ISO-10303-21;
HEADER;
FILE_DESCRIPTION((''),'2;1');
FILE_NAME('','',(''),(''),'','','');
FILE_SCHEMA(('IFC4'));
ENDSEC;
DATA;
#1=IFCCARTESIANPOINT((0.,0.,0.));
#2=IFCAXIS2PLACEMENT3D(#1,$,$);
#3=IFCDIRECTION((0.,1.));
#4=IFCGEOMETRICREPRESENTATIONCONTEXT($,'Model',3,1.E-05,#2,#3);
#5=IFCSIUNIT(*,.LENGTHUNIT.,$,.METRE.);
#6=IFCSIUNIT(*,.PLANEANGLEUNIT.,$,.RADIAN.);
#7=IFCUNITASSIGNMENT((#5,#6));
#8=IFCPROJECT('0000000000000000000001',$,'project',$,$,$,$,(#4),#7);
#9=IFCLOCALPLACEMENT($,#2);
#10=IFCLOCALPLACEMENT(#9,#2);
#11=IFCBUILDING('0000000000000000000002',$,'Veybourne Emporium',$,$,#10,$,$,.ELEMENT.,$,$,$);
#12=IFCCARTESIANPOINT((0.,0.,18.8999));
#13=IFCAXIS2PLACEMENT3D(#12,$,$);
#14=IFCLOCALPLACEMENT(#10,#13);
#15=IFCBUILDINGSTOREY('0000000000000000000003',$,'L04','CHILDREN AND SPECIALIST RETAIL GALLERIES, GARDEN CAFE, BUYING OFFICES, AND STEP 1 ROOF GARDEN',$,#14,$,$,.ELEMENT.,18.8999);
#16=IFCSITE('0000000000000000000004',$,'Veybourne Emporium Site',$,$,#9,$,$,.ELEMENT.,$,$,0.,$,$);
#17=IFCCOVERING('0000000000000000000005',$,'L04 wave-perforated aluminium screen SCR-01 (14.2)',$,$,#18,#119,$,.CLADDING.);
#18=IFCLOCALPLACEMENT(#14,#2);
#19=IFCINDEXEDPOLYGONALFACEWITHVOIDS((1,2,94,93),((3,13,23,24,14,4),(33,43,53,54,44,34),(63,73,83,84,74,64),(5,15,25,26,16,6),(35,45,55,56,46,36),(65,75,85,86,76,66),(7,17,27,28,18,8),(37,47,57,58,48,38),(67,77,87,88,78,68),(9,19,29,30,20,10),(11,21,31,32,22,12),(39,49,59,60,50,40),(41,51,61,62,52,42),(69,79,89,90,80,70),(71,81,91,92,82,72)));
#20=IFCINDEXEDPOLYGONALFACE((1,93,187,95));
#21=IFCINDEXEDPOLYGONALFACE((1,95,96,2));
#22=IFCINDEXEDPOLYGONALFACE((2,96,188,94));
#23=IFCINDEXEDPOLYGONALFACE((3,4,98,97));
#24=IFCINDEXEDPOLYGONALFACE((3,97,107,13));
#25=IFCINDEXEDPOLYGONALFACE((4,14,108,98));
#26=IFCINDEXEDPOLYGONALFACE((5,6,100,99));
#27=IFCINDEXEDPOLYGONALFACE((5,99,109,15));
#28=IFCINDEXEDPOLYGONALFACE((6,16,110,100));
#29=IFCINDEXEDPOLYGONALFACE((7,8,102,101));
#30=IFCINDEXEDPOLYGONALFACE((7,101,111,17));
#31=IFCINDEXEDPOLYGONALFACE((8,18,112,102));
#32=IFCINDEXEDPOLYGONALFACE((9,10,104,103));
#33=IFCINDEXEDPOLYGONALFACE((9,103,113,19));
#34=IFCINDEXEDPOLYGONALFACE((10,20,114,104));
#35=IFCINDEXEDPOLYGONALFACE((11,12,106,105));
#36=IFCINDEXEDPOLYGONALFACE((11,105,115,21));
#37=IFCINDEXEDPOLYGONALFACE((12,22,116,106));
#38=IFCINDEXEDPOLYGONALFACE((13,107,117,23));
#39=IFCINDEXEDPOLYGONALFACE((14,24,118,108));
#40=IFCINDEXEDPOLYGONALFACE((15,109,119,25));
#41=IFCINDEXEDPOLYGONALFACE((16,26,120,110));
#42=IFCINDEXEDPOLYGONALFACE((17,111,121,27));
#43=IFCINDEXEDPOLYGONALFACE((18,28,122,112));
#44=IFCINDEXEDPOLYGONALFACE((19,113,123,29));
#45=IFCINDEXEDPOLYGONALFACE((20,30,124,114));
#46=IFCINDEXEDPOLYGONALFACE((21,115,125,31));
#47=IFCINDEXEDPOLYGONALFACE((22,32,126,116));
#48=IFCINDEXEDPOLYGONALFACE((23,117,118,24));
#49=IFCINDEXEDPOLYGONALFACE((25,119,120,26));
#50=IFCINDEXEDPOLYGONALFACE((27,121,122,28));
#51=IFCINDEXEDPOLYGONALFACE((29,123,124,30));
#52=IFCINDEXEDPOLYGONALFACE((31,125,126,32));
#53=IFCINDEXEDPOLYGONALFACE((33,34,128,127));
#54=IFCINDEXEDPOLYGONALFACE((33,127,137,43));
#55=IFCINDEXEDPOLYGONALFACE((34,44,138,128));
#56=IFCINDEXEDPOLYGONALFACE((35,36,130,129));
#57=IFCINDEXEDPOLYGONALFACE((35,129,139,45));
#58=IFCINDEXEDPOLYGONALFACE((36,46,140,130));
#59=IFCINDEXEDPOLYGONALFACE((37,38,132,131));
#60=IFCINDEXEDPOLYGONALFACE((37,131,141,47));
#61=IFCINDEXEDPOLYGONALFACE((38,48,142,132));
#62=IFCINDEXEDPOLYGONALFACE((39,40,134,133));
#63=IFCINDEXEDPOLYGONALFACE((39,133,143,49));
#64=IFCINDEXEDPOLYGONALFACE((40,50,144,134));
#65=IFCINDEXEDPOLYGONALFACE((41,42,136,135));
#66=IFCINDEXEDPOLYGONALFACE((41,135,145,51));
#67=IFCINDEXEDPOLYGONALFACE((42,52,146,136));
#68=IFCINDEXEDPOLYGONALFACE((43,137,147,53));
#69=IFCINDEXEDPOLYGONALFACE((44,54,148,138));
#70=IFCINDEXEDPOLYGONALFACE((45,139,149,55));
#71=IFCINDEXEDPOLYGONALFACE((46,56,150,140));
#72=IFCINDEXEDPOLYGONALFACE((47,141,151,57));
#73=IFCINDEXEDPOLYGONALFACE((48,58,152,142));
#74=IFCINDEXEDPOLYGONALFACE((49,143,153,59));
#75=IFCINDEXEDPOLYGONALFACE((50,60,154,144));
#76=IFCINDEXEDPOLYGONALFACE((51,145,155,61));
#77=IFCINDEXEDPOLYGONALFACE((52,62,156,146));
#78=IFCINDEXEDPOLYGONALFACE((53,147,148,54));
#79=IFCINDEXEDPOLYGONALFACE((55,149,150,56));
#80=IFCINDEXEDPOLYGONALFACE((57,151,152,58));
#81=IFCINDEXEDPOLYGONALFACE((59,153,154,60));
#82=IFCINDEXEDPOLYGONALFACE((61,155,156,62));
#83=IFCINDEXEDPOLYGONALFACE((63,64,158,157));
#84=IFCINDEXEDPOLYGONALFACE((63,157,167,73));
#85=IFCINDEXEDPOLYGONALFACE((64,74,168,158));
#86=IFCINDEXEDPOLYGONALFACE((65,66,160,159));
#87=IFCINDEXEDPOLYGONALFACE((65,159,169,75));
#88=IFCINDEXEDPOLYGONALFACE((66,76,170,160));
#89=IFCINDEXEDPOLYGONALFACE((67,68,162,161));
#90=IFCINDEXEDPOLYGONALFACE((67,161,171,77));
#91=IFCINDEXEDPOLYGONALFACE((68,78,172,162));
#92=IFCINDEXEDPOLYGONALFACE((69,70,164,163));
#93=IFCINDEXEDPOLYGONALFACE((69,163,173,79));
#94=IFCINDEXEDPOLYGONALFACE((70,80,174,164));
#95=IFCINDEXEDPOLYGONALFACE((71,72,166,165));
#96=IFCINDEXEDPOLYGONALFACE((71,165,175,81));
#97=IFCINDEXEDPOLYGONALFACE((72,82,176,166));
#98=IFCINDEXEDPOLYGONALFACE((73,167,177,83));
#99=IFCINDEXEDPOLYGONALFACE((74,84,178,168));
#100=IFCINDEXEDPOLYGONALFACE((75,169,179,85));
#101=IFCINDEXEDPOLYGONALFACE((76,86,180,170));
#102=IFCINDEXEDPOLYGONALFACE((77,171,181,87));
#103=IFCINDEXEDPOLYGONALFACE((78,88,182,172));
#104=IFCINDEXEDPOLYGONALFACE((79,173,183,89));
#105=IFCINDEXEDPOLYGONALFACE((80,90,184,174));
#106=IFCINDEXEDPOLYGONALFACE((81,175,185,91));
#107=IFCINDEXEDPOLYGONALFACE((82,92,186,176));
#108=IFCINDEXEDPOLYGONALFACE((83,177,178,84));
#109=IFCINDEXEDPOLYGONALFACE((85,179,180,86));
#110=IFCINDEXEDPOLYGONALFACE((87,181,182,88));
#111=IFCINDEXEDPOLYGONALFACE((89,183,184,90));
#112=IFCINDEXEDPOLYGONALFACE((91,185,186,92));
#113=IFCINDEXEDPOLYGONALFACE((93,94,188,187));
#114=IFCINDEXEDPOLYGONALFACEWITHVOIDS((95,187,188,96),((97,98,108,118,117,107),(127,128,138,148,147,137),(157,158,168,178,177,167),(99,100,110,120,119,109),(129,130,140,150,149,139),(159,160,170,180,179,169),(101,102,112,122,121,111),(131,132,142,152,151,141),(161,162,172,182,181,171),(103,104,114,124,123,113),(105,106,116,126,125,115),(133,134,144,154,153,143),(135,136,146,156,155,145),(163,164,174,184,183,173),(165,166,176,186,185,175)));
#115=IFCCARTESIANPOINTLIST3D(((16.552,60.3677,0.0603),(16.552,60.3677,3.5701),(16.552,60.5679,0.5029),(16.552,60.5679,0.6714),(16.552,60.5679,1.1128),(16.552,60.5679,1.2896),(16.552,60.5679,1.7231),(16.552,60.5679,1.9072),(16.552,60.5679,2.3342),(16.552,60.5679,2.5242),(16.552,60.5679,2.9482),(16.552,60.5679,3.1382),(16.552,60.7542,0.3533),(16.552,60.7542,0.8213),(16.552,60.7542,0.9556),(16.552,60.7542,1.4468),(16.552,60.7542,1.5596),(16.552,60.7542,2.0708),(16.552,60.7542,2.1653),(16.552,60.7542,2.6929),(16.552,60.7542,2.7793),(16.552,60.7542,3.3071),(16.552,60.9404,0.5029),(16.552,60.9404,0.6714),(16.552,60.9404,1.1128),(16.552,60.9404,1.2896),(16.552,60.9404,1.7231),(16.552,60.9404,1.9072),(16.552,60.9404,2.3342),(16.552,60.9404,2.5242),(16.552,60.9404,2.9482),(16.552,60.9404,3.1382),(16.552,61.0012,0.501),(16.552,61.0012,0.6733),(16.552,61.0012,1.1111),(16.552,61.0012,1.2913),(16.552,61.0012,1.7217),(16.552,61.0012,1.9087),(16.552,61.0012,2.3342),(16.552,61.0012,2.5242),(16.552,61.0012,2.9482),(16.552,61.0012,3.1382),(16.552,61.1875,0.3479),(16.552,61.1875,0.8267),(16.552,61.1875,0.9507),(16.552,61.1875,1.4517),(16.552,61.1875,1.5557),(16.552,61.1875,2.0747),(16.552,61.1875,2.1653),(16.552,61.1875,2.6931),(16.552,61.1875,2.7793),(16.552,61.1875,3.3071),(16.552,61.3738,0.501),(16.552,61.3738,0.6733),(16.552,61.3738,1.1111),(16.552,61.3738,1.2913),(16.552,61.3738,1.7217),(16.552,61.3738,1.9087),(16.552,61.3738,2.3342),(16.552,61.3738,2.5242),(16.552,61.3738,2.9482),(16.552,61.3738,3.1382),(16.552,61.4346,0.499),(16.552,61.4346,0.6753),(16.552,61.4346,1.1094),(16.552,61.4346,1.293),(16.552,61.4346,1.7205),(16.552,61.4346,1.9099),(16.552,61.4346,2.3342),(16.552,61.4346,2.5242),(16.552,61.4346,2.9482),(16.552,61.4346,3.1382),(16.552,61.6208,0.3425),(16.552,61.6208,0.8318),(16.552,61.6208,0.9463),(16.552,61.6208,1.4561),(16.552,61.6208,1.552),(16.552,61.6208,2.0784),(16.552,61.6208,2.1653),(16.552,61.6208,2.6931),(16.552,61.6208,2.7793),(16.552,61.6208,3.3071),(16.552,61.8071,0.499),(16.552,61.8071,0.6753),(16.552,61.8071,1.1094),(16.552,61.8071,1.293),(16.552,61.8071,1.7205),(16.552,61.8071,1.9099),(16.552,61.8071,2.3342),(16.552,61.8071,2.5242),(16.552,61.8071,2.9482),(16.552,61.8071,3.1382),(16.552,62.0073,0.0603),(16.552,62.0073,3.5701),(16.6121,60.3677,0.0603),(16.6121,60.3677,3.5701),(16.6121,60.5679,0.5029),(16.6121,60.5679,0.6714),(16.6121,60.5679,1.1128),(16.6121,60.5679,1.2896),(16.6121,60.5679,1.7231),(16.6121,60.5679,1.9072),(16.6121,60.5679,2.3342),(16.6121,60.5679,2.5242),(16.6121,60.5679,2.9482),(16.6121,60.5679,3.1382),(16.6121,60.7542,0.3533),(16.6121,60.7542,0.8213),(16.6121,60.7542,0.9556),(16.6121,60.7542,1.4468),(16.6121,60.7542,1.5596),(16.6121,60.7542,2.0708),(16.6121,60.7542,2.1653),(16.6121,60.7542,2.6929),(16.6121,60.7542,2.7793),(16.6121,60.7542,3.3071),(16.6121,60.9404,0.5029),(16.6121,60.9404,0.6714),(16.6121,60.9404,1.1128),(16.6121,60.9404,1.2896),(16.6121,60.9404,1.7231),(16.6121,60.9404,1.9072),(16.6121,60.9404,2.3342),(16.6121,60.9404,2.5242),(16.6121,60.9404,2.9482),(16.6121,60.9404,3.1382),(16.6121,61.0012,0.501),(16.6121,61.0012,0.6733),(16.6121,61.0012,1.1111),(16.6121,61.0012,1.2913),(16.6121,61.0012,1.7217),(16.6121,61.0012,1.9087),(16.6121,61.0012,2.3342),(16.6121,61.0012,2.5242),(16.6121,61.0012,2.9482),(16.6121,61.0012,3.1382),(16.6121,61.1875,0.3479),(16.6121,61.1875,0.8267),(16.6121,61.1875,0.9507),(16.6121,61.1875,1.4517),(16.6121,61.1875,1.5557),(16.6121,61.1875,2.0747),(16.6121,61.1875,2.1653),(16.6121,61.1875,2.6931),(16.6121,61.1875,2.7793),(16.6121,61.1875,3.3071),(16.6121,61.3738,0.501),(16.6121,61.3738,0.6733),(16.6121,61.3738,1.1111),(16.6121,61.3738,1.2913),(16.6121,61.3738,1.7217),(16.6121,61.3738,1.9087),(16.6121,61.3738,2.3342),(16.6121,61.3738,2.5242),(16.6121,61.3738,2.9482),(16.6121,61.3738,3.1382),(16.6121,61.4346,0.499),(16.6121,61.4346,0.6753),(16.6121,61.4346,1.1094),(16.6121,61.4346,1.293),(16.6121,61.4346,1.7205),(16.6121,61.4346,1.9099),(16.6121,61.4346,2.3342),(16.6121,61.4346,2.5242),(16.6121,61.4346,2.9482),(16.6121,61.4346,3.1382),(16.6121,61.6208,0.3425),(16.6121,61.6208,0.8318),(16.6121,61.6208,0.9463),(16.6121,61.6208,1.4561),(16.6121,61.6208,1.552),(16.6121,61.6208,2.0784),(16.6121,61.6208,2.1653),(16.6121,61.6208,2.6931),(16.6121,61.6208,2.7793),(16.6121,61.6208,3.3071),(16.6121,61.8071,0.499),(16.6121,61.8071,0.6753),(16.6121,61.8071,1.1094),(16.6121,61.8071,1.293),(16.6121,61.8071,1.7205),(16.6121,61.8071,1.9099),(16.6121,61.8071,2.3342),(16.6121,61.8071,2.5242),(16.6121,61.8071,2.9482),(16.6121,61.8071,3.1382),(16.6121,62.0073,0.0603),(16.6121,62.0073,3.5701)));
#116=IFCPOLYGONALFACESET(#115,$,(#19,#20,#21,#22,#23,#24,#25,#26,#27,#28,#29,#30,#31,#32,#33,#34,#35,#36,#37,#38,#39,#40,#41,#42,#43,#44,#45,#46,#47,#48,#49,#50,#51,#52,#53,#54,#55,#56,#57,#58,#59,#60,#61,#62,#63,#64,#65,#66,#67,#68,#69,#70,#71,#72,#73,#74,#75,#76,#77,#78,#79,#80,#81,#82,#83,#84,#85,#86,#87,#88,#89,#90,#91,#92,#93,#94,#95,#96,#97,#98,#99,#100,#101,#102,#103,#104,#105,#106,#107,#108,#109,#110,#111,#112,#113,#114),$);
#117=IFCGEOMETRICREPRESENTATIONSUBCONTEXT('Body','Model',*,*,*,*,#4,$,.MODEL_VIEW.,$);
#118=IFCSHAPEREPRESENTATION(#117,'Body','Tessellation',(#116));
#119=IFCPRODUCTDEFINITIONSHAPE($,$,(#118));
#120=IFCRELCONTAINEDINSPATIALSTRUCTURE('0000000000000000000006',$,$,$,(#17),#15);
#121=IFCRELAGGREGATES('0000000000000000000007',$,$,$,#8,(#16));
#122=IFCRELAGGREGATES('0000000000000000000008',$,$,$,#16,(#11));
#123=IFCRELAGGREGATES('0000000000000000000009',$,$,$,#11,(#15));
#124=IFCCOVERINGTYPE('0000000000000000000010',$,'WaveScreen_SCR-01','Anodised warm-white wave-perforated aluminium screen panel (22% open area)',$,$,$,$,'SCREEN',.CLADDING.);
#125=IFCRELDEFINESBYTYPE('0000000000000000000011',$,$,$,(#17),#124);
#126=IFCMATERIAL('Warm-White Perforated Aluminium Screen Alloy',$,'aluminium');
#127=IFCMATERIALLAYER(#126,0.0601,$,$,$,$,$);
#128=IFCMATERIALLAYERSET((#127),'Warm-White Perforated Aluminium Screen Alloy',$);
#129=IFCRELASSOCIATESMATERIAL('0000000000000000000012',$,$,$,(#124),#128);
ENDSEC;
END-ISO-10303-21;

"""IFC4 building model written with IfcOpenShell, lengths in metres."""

from ifc_helpers import new_model, si_unit, direction, frame, origin, place, context, subcontext, project, spatial, polyline, outline, extrude, material, layer, layer_set, type_object, element, save


model = new_model("IFC4")

# Units and contexts
model_context = context("Model", 3, precision=1e-05, world=origin(), true_north=direction((0.0, 1.0)))
body_context = subcontext(model_context, "Body", "Model", "MODEL_VIEW")
ifc_project = project(units=[si_unit("LENGTHUNIT", "METRE"), si_unit("PLANEANGLEUNIT", "RADIAN")], contexts=[model_context])

# Site, building, storey
site_placement = place(None, origin())
site = spatial("IfcSite", under=ifc_project, at=site_placement, Name="Veybourne Emporium Site", CompositionType="ELEMENT", RefElevation=0.0)
building_placement = place(site_placement, origin())
building = spatial("IfcBuilding", under=site, at=building_placement, Name="Veybourne Emporium", CompositionType="ELEMENT")
storey_placement = place(building_placement, frame((0.0, 0.0, 18.8999)))
storey = spatial("IfcBuildingStorey", under=building, at=storey_placement, Name="L04", Description="CHILDREN AND SPECIALIST RETAIL GALLERIES, GARDEN CAFE, BUYING OFFICES, AND STEP 1 ROOF GARDEN", CompositionType="ELEMENT", Elevation=18.8999)

# Covering
ifc_material_1 = material(Name="Warm-White Perforated Aluminium Screen Alloy", Category="aluminium")
ifc_layer_1 = layer(ifc_material_1, 0.0601)
ifc_layer_set_1 = layer_set([ifc_layer_1], Name="Warm-White Perforated Aluminium Screen Alloy")
covering_type_1 = type_object("IfcCoveringType", Name="WaveScreen_SCR-01", Description="Anodised warm-white wave-perforated aluminium screen panel (22% open area)", ElementType="SCREEN", PredefinedType="CLADDING", material=ifc_layer_set_1)
covering_1_placement = place(storey_placement, frame((16.552, 61.1875, 1.8152), z_axis=(1.0, 0.0, 0.0), x_axis=(0.0, 1.0, 0.0)))
element("IfcCovering", 1, at=covering_1_placement, inside=storey, type_object=covering_type_1, Name="L04 wave-perforated aluminium screen SCR-01 (14.2)", PredefinedType="CLADDING", context=body_context, shape_type="SweptSolid", body=[
    extrude(outline(polyline([(-0.8198, -1.7549), (0.8198, -1.7549), (0.8198, 1.7549), (-0.8198, 1.7549), (-0.8198, -1.7549)]), holes=[polyline([(-0.4333, -0.9939), (-0.2471, -1.1438), (-0.2471, -1.3123), (-0.4333, -1.4619), (-0.6196, -1.3123), (-0.6196, -1.1438), (-0.4333, -0.9939)]), polyline([(-0.4333, -0.3684), (-0.2471, -0.5256), (-0.2471, -0.7024), (-0.4333, -0.8596), (-0.6196, -0.7024), (-0.6196, -0.5256), (-0.4333, -0.3684)]), polyline([(-0.4333, 0.2556), (-0.2471, 0.092), (-0.2471, -0.092), (-0.4333, -0.2556), (-0.6196, -0.092), (-0.6196, 0.092), (-0.4333, 0.2556)]), polyline([(-0.4333, 0.8777), (-0.2471, 0.709), (-0.2471, 0.519), (-0.4333, 0.3501), (-0.6196, 0.519), (-0.6196, 0.709), (-0.4333, 0.8777)]), polyline([(-0.4333, 1.4919), (-0.2471, 1.323), (-0.2471, 1.1331), (-0.4333, 0.9641), (-0.6196, 1.1331), (-0.6196, 1.323), (-0.4333, 1.4919)]), polyline([(0.0, -0.9885), (0.1863, -1.1418), (0.1863, -1.3142), (0.0, -1.4673), (-0.1863, -1.3142), (-0.1863, -1.1418), (0.0, -0.9885)]), polyline([(0.0, -0.3635), (0.1863, -0.5239), (0.1863, -0.7041), (0.0, -0.8645), (-0.1863, -0.7041), (-0.1863, -0.5239), (0.0, -0.3635)]), polyline([(0.0, 0.2595), (0.1863, 0.0935), (0.1863, -0.0935), (0.0, -0.2595), (-0.1863, -0.0935), (-0.1863, 0.0935), (0.0, 0.2595)]), polyline([(0.0, 0.8779), (0.1863, 0.709), (0.1863, 0.519), (0.0, 0.3501), (-0.1863, 0.519), (-0.1863, 0.709), (0.0, 0.8779)]), polyline([(0.0, 1.4919), (0.1863, 1.323), (0.1863, 1.1331), (0.0, 0.9641), (-0.1863, 1.1331), (-0.1863, 1.323), (0.0, 1.4919)]), polyline([(0.4333, -0.9834), (0.6196, -1.1399), (0.6196, -1.3162), (0.4333, -1.4727), (0.2471, -1.3162), (0.2471, -1.1399), (0.4333, -0.9834)]), polyline([(0.4333, -0.3591), (0.6196, -0.5222), (0.6196, -0.7058), (0.4333, -0.8689), (0.2471, -0.7058), (0.2471, -0.5222), (0.4333, -0.3591)]), polyline([(0.4333, 0.2632), (0.6196, 0.0947), (0.6196, -0.0947), (0.4333, -0.2632), (0.2471, -0.0947), (0.2471, 0.0947), (0.4333, 0.2632)]), polyline([(0.4333, 0.8779), (0.6196, 0.709), (0.6196, 0.519), (0.4333, 0.3501), (0.2471, 0.519), (0.2471, 0.709), (0.4333, 0.8779)]), polyline([(0.4333, 1.4919), (0.6196, 1.323), (0.6196, 1.1331), (0.4333, 0.9641), (0.2471, 1.1331), (0.2471, 1.323), (0.4333, 1.4919)])]), origin(), (0.0, 0.0, 1.0), 0.0601),
])

save(model, "model.ifc")
